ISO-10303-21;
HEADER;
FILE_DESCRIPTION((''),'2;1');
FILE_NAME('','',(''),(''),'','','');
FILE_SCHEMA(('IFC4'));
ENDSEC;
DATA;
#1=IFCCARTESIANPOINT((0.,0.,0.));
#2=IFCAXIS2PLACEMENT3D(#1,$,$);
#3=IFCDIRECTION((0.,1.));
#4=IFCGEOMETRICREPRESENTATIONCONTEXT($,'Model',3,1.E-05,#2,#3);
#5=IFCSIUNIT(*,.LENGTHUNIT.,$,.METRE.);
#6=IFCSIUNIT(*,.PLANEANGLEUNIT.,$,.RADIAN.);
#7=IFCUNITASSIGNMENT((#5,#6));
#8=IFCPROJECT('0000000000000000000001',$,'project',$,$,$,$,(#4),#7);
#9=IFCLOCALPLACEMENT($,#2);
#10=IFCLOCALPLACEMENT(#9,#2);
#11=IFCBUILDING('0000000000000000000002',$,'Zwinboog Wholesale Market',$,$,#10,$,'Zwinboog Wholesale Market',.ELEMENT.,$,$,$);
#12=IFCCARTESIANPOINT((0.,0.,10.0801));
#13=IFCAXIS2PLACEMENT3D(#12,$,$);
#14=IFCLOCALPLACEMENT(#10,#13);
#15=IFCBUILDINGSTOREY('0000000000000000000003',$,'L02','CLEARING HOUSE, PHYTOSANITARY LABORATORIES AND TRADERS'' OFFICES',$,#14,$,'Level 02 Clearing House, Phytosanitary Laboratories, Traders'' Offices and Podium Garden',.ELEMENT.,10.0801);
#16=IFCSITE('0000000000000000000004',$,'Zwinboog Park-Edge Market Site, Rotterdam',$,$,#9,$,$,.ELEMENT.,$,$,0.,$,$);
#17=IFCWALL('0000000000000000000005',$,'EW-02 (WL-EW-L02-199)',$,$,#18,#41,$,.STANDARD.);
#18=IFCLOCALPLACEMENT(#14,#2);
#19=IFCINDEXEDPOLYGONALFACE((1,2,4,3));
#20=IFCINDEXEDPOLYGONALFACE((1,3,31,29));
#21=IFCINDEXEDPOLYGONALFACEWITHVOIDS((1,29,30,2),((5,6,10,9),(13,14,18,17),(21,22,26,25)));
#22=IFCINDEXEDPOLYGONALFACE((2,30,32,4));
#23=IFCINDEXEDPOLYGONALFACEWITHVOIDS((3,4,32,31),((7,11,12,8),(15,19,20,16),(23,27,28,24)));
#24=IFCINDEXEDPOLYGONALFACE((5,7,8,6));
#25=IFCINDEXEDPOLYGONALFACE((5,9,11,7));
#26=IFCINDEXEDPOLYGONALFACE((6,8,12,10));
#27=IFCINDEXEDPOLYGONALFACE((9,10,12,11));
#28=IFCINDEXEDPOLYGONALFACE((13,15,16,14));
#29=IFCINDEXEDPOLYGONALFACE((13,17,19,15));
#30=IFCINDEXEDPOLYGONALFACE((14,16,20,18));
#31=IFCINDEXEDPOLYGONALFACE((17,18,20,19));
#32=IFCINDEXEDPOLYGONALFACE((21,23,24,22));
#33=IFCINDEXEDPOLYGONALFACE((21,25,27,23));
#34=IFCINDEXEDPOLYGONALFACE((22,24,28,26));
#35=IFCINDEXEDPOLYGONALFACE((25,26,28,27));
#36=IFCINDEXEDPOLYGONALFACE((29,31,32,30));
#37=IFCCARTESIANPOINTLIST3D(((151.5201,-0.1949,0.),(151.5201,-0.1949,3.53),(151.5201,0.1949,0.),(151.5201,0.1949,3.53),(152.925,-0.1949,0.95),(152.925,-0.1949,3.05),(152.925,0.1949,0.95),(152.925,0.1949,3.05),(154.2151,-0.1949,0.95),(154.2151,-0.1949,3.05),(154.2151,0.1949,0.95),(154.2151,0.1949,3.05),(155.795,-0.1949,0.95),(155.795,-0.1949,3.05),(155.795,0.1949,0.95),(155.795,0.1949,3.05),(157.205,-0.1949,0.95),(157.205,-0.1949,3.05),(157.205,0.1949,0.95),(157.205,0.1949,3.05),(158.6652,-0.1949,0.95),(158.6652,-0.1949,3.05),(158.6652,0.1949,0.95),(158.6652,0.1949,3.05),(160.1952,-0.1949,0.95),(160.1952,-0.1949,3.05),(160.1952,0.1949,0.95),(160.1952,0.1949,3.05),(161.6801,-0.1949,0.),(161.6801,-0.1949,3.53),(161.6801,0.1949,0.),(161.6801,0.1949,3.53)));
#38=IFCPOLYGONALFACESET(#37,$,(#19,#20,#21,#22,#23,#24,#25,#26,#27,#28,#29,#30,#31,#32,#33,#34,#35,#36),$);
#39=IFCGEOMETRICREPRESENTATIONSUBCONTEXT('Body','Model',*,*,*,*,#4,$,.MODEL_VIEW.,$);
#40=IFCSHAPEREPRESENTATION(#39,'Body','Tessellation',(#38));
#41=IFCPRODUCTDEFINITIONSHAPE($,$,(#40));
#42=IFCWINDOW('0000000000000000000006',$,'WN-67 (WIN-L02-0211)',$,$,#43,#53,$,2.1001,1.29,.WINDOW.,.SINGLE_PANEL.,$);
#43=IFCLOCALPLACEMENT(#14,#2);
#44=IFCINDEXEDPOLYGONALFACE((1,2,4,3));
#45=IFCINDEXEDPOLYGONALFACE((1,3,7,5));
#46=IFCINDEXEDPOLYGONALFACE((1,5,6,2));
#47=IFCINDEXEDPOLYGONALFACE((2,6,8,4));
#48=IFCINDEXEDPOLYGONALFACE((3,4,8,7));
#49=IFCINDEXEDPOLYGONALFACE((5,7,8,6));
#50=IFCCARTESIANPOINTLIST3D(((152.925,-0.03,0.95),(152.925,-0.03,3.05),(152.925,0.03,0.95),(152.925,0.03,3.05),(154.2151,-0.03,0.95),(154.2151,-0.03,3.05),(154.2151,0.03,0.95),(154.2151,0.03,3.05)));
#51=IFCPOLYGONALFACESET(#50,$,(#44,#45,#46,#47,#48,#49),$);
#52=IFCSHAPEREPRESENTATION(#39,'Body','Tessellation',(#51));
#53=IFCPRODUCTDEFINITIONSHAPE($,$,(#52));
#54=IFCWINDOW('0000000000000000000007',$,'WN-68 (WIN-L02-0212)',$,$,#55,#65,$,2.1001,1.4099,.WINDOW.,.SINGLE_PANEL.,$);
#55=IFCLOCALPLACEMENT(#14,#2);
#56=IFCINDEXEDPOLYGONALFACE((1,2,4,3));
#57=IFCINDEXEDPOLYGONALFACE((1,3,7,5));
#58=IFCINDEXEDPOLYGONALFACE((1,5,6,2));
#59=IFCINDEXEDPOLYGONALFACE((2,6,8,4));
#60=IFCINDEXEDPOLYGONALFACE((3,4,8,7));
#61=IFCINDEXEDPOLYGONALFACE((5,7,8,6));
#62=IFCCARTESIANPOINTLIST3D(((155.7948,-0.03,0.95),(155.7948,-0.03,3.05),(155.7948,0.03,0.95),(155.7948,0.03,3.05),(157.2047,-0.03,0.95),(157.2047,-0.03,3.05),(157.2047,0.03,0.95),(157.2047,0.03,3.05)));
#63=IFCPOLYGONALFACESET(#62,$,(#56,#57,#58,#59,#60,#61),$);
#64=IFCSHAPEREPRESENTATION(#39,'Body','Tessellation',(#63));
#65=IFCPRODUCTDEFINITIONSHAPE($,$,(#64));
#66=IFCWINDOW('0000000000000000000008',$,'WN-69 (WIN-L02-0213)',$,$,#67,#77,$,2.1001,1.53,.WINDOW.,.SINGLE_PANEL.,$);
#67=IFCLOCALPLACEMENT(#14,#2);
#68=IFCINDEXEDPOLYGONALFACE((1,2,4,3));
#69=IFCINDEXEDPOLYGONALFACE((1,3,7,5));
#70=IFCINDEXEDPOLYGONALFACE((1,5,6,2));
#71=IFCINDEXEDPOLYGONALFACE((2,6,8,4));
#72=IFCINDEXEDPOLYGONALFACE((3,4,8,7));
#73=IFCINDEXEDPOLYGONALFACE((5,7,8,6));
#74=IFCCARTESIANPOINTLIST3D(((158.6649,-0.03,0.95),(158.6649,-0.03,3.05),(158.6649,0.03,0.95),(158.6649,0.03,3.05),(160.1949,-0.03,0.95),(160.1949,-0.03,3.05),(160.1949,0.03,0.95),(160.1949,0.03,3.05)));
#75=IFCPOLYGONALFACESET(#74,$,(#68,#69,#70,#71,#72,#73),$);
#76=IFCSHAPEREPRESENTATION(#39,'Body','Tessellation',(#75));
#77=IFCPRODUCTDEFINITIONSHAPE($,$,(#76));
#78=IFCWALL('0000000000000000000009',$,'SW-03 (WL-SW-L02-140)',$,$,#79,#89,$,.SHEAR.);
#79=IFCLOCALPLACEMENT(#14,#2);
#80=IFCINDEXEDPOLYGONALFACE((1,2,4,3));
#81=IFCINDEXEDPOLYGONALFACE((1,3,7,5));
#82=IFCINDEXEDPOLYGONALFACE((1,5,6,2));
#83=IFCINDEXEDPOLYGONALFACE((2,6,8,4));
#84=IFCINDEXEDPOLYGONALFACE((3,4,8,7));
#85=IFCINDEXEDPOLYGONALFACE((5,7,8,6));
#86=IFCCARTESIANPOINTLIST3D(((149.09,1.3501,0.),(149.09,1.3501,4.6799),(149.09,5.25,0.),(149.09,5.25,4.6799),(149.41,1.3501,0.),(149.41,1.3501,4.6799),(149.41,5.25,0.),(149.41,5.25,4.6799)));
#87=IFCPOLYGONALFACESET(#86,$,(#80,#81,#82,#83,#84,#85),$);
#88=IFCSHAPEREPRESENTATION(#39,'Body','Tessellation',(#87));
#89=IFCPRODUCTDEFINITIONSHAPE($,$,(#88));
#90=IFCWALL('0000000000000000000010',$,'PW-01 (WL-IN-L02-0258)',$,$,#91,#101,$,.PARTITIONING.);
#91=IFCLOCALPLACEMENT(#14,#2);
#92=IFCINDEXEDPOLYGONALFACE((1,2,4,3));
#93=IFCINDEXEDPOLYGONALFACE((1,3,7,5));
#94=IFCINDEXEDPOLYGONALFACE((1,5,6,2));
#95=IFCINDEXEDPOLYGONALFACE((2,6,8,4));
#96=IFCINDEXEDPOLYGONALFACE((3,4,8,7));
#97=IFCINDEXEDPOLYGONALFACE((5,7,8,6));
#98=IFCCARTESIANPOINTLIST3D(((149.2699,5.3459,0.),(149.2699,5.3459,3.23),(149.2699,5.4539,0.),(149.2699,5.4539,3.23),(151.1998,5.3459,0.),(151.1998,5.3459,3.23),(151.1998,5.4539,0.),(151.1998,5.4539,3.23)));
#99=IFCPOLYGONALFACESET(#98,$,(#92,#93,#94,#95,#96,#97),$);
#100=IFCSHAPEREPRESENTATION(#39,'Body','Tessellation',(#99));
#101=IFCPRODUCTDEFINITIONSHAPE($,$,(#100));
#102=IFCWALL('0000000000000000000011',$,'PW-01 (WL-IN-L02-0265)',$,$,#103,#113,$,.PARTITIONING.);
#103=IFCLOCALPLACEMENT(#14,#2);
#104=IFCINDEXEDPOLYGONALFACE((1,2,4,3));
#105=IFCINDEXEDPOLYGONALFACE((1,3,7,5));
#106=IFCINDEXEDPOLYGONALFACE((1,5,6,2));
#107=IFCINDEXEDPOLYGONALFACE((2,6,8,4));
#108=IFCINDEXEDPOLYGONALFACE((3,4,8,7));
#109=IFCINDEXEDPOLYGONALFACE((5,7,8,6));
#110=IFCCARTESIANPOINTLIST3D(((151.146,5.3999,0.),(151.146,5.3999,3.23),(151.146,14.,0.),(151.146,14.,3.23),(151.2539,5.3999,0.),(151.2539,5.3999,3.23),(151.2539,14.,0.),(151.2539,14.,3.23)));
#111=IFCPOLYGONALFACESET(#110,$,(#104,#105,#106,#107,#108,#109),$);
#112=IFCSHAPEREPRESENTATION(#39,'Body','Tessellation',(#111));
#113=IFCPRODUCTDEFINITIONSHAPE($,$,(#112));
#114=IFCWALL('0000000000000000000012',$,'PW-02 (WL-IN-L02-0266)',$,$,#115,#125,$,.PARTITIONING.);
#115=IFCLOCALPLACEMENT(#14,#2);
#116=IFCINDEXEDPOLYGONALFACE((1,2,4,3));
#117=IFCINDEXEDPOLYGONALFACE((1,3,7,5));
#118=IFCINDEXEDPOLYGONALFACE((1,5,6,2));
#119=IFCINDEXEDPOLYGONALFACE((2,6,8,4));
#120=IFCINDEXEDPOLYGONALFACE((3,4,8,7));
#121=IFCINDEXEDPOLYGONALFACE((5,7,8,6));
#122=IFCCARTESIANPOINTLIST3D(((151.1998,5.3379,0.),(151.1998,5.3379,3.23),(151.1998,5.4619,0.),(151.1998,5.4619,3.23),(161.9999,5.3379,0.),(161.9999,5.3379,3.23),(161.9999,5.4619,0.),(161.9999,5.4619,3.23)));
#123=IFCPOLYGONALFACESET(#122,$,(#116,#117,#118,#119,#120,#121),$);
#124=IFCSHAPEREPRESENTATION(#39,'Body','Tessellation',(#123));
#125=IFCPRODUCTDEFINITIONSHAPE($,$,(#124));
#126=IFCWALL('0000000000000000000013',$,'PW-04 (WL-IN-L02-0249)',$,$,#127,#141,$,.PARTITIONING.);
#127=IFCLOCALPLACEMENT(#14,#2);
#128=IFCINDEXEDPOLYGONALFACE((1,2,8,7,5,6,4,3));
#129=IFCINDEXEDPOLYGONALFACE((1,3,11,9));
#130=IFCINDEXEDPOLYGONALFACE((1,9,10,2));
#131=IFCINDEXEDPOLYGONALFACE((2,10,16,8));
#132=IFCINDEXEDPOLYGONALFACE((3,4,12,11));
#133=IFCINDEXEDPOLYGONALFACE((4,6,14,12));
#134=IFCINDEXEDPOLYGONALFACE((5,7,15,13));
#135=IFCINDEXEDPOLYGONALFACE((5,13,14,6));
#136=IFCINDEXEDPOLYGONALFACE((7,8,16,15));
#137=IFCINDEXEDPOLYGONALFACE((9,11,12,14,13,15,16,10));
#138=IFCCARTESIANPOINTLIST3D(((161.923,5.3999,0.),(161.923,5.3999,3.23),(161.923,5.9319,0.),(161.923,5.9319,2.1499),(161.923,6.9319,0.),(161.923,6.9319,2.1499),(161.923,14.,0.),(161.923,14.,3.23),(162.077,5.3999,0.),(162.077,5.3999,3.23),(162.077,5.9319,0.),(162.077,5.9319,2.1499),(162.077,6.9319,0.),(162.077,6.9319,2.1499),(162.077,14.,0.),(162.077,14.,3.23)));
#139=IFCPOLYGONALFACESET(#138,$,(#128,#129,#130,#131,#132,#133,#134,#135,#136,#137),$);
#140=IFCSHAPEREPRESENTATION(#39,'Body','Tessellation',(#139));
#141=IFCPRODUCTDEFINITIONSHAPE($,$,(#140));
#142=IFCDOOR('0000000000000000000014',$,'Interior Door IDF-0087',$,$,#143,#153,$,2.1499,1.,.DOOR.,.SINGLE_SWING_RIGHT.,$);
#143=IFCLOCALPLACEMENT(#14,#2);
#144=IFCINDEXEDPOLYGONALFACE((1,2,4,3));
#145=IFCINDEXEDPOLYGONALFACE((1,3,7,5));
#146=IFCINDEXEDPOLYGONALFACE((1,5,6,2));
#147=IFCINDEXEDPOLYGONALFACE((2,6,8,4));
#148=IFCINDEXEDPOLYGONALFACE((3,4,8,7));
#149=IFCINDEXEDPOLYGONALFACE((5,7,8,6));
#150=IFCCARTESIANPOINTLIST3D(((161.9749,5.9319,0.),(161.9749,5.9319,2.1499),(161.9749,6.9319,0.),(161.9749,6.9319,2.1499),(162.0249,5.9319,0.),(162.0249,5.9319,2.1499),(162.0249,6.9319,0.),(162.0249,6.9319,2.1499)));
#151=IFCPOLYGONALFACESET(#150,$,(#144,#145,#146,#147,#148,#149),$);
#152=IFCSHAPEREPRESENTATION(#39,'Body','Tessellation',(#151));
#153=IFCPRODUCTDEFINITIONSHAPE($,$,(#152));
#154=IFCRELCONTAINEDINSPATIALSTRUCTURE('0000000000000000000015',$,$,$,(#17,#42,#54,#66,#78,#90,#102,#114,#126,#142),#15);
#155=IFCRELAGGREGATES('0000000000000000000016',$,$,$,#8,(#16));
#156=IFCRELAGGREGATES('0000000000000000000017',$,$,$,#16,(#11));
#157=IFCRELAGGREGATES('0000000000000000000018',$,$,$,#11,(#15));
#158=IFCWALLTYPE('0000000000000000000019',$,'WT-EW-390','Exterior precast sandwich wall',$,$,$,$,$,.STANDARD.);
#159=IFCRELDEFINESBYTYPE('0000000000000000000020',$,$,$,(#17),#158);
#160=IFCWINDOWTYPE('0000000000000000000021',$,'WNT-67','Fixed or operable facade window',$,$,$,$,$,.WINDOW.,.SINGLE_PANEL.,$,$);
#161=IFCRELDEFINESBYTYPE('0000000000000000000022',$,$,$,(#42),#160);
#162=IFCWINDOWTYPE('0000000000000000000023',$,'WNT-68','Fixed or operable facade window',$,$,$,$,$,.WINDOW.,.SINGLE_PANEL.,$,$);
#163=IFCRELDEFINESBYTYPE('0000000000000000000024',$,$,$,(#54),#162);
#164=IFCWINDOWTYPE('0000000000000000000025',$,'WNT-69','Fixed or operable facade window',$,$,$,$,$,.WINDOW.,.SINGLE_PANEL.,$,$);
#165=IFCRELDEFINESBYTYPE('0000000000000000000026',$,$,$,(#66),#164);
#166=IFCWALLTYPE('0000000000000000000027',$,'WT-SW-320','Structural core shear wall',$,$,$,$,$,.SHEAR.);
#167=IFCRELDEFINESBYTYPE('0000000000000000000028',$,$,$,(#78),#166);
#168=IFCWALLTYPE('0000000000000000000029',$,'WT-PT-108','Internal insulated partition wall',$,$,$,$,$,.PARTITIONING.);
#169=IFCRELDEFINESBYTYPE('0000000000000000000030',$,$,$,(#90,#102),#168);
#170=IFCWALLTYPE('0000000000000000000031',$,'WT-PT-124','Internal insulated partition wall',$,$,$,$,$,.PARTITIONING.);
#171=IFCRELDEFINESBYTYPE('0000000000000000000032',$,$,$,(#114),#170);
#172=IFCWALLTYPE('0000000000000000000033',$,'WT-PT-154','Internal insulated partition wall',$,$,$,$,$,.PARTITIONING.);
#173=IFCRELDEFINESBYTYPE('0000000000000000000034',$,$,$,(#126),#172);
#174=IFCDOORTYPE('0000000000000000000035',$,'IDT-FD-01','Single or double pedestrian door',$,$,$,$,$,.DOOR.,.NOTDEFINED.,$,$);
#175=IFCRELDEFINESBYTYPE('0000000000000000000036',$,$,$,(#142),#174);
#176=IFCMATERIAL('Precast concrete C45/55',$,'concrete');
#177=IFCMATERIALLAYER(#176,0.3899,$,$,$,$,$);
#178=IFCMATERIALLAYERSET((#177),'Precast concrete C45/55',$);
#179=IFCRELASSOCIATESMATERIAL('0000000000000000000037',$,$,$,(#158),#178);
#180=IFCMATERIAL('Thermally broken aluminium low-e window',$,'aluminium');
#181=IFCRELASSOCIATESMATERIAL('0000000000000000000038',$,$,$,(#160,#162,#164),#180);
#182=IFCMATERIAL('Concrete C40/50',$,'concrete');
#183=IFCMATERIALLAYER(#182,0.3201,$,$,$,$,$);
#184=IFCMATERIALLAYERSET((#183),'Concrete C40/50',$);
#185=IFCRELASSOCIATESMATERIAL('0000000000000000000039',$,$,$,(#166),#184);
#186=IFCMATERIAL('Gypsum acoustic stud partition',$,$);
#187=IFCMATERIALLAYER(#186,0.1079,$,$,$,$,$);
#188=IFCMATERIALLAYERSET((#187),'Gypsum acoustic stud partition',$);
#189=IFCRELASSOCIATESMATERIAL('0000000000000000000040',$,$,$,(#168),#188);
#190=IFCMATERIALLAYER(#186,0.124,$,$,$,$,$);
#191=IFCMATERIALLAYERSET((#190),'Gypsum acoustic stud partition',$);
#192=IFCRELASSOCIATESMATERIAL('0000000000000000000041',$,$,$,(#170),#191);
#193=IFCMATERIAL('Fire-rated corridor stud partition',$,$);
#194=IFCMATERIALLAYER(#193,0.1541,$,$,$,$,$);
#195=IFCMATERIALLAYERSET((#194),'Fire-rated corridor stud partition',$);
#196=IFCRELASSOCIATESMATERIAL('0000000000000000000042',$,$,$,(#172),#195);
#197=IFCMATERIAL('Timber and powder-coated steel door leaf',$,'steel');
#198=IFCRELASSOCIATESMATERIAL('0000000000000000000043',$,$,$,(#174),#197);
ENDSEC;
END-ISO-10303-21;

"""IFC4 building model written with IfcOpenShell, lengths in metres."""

from ifc_helpers import new_model, si_unit, direction, frame, frame_2d, origin, place, context, subcontext, project, spatial, rectangle, extrude, material, layer, layer_set, type_object, element, fill, save


model = new_model("IFC4")

# Units and contexts
model_context = context("Model", 3, precision=1e-05, world=origin(), true_north=direction((0.0, 1.0)))
body_context = subcontext(model_context, "Body", "Model", "MODEL_VIEW")
ifc_project = project(units=[si_unit("LENGTHUNIT", "METRE"), si_unit("PLANEANGLEUNIT", "RADIAN")], contexts=[model_context])

# Site, building, storey
site_placement = place(None, origin())
site = spatial("IfcSite", under=ifc_project, at=site_placement, Name="Zwinboog Park-Edge Market Site, Rotterdam", CompositionType="ELEMENT", RefElevation=0.0)
building_placement = place(site_placement, origin())
building = spatial("IfcBuilding", under=site, at=building_placement, Name="Zwinboog Wholesale Market", LongName="Zwinboog Wholesale Market", CompositionType="ELEMENT")
storey_placement = place(building_placement, frame((0.0, 0.0, 10.0801)))
storey = spatial("IfcBuildingStorey", under=building, at=storey_placement, Name="L02", Description="CLEARING HOUSE, PHYTOSANITARY LABORATORIES AND TRADERS' OFFICES", LongName="Level 02 Clearing House, Phytosanitary Laboratories, Traders' Offices and Podium Garden", CompositionType="ELEMENT", Elevation=10.0801)

# Shared definitions
ifc_material_1 = material(Name="Precast concrete C45/55", Category="concrete")

# Wall, openings, windows
ifc_layer_1 = layer(ifc_material_1, 0.3899)
ifc_layer_set_1 = layer_set([ifc_layer_1], Name="Precast concrete C45/55")
wall_type_1 = type_object("IfcWallType", Name="WT-EW-390", Description="Exterior precast sandwich wall", PredefinedType="STANDARD", material=ifc_layer_set_1)
wall_1_placement = place(storey_placement, frame((151.52, 0.0, 0.0), z_axis=(0.0, 0.0, 1.0), x_axis=(1.0, 0.0, 0.0)))
wall_1 = element("IfcWall", 1, at=wall_1_placement, inside=storey, type_object=wall_type_1, Name="EW-02 (WL-EW-L02-199)", PredefinedType="STANDARD", context=body_context, shape_type="SweptSolid", body=[
    extrude(rectangle(XDim=10.1599, YDim=0.3899, at=frame_2d((5.0801, 0.0))), origin(), (0.0, 0.0, 1.0), 3.53),
])
opening_1_placement = place(wall_1_placement, frame((1.405, 0.0, 0.95)))
opening_1 = element("IfcOpeningElement", 2, at=opening_1_placement, cuts=wall_1, PredefinedType="OPENING", context=body_context, shape_type="SweptSolid", body=[
    extrude(rectangle(XDim=1.29, YDim=2.1001, at=frame_2d((0.645, 1.05))), frame((0.0, 0.2048, 0.0), z_axis=(0.0, -1.0, 0.0), x_axis=(1.0, 0.0, 0.0)), (0.0, 0.0, 1.0), 0.4099),
])
opening_2_placement = place(wall_1_placement, frame((4.2749, 0.0, 0.95)))
opening_2 = element("IfcOpeningElement", 3, at=opening_2_placement, cuts=wall_1, PredefinedType="OPENING", context=body_context, shape_type="SweptSolid", body=[
    extrude(rectangle(XDim=1.4099, YDim=2.1001, at=frame_2d((0.7051, 1.05))), frame((0.0, 0.2048, 0.0), z_axis=(0.0, -1.0, 0.0), x_axis=(1.0, 0.0, 0.0)), (0.0, 0.0, 1.0), 0.4099),
])
opening_3_placement = place(wall_1_placement, frame((7.145, 0.0, 0.95)))
opening_3 = element("IfcOpeningElement", 4, at=opening_3_placement, cuts=wall_1, PredefinedType="OPENING", context=body_context, shape_type="SweptSolid", body=[
    extrude(rectangle(XDim=1.53, YDim=2.1001, at=frame_2d((0.7651, 1.05))), frame((0.0, 0.2048, 0.0), z_axis=(0.0, -1.0, 0.0), x_axis=(1.0, 0.0, 0.0)), (0.0, 0.0, 1.0), 0.4099),
])
ifc_material_2 = material(Name="Thermally broken aluminium low-e window", Category="aluminium")
window_type_1 = type_object("IfcWindowType", Name="WNT-67", Description="Fixed or operable facade window", PartitioningType="SINGLE_PANEL", PredefinedType="WINDOW", material=ifc_material_2)
window_1_placement = place(opening_1_placement, frame((1.29, 0.0, 0.0), z_axis=(0.0, 0.0, 1.0), x_axis=(-1.0, 0.0, 0.0)))
window_1 = element("IfcWindow", 5, at=window_1_placement, inside=storey, type_object=window_type_1, Name="WN-67 (WIN-L02-0211)", OverallHeight=2.1001, OverallWidth=1.29, PartitioningType="SINGLE_PANEL", PredefinedType="WINDOW", context=body_context, shape_type="SweptSolid", body=[
    extrude(rectangle(XDim=1.29, YDim=2.1001, at=frame_2d((0.645, 1.05))), frame((0.0, 0.03, 0.0), z_axis=(0.0, -1.0, 0.0), x_axis=(1.0, 0.0, 0.0)), (0.0, 0.0, 1.0), 0.0601),
])
fill(opening_1, window_1)
window_type_2 = type_object("IfcWindowType", Name="WNT-68", Description="Fixed or operable facade window", PartitioningType="SINGLE_PANEL", PredefinedType="WINDOW", material=ifc_material_2)
window_2_placement = place(opening_2_placement, frame((1.4099, 0.0, 0.0), z_axis=(0.0, 0.0, 1.0), x_axis=(-1.0, 0.0, 0.0)))
window_2 = element("IfcWindow", 6, at=window_2_placement, inside=storey, type_object=window_type_2, Name="WN-68 (WIN-L02-0212)", OverallHeight=2.1001, OverallWidth=1.4099, PartitioningType="SINGLE_PANEL", PredefinedType="WINDOW", context=body_context, shape_type="SweptSolid", body=[
    extrude(rectangle(XDim=1.4099, YDim=2.1001, at=frame_2d((0.7051, 1.05))), frame((0.0, 0.03, 0.0), z_axis=(0.0, -1.0, 0.0), x_axis=(1.0, 0.0, 0.0)), (0.0, 0.0, 1.0), 0.0601),
])
fill(opening_2, window_2)
window_type_3 = type_object("IfcWindowType", Name="WNT-69", Description="Fixed or operable facade window", PartitioningType="SINGLE_PANEL", PredefinedType="WINDOW", material=ifc_material_2)
window_3_placement = place(opening_3_placement, frame((1.53, 0.0, 0.0), z_axis=(0.0, 0.0, 1.0), x_axis=(-1.0, 0.0, 0.0)))
window_3 = element("IfcWindow", 7, at=window_3_placement, inside=storey, type_object=window_type_3, Name="WN-69 (WIN-L02-0213)", OverallHeight=2.1001, OverallWidth=1.53, PartitioningType="SINGLE_PANEL", PredefinedType="WINDOW", context=body_context, shape_type="SweptSolid", body=[
    extrude(rectangle(XDim=1.53, YDim=2.1001, at=frame_2d((0.7651, 1.05))), frame((0.0, 0.03, 0.0), z_axis=(0.0, -1.0, 0.0), x_axis=(1.0, 0.0, 0.0)), (0.0, 0.0, 1.0), 0.0601),
])
fill(opening_3, window_3)

# Walls
ifc_material_3 = material(Name="Concrete C40/50", Category="concrete")
ifc_layer_2 = layer(ifc_material_3, 0.3201)
ifc_layer_set_2 = layer_set([ifc_layer_2], Name="Concrete C40/50")
wall_type_2 = type_object("IfcWallType", Name="WT-SW-320", Description="Structural core shear wall", PredefinedType="SHEAR", material=ifc_layer_set_2)
wall_2_placement = place(storey_placement, frame((149.25, 1.3501, 0.0), z_axis=(0.0, 0.0, 1.0), x_axis=(0.0, 1.0, 0.0)))
element("IfcWall", 8, at=wall_2_placement, inside=storey, type_object=wall_type_2, Name="SW-03 (WL-SW-L02-140)", PredefinedType="SHEAR", context=body_context, shape_type="SweptSolid", body=[
    extrude(rectangle(XDim=3.8999, YDim=0.3201, at=frame_2d((1.95, 0.0))), origin(), (0.0, 0.0, 1.0), 4.6799),
])
ifc_material_4 = material(Name="Gypsum acoustic stud partition")
ifc_layer_3 = layer(ifc_material_4, 0.1079)
ifc_layer_set_3 = layer_set([ifc_layer_3], Name="Gypsum acoustic stud partition")
wall_type_3 = type_object("IfcWallType", Name="WT-PT-108", Description="Internal insulated partition wall", PredefinedType="PARTITIONING", material=ifc_layer_set_3)
wall_3_placement = place(storey_placement, frame((149.27, 5.3999, 0.0), z_axis=(0.0, 0.0, 1.0), x_axis=(1.0, 0.0, 0.0)))
element("IfcWall", 9, at=wall_3_placement, inside=storey, type_object=wall_type_3, Name="PW-01 (WL-IN-L02-0258)", PredefinedType="PARTITIONING", context=body_context, shape_type="SweptSolid", body=[
    extrude(rectangle(XDim=1.9299, YDim=0.1079, at=frame_2d((0.9648, 0.0))), origin(), (0.0, 0.0, 1.0), 3.23),
])
wall_4_placement = place(storey_placement, frame((151.2, 5.3999, 0.0), z_axis=(0.0, 0.0, 1.0), x_axis=(0.0, 1.0, 0.0)))
element("IfcWall", 10, at=wall_4_placement, inside=storey, type_object=wall_type_3, Name="PW-01 (WL-IN-L02-0265)", PredefinedType="PARTITIONING", context=body_context, shape_type="SweptSolid", body=[
    extrude(rectangle(XDim=8.6001, YDim=0.1079, at=frame_2d((4.3, 0.0))), origin(), (0.0, 0.0, 1.0), 3.23),
])
ifc_layer_4 = layer(ifc_material_4, 0.124)
ifc_layer_set_4 = layer_set([ifc_layer_4], Name="Gypsum acoustic stud partition")
wall_type_4 = type_object("IfcWallType", Name="WT-PT-124", Description="Internal insulated partition wall", PredefinedType="PARTITIONING", material=ifc_layer_set_4)
wall_5_placement = place(storey_placement, frame((151.2, 5.3999, 0.0), z_axis=(0.0, 0.0, 1.0), x_axis=(1.0, 0.0, 0.0)))
element("IfcWall", 11, at=wall_5_placement, inside=storey, type_object=wall_type_4, Name="PW-02 (WL-IN-L02-0266)", PredefinedType="PARTITIONING", context=body_context, shape_type="SweptSolid", body=[
    extrude(rectangle(XDim=10.8, YDim=0.124, at=frame_2d((5.3999, 0.0))), origin(), (0.0, 0.0, 1.0), 3.23),
])

# Wall, opening, door
ifc_material_5 = material(Name="Fire-rated corridor stud partition")
ifc_layer_5 = layer(ifc_material_5, 0.1541)
ifc_layer_set_5 = layer_set([ifc_layer_5], Name="Fire-rated corridor stud partition")
wall_type_5 = type_object("IfcWallType", Name="WT-PT-154", Description="Internal insulated partition wall", PredefinedType="PARTITIONING", material=ifc_layer_set_5)
wall_6_placement = place(storey_placement, frame((162.0, 5.3999, 0.0), z_axis=(0.0, 0.0, 1.0), x_axis=(0.0, 1.0, 0.0)))
wall_6 = element("IfcWall", 12, at=wall_6_placement, inside=storey, type_object=wall_type_5, Name="PW-04 (WL-IN-L02-0249)", PredefinedType="PARTITIONING", context=body_context, shape_type="SweptSolid", body=[
    extrude(rectangle(XDim=8.6001, YDim=0.1541, at=frame_2d((4.3, 0.0))), origin(), (0.0, 0.0, 1.0), 3.23),
])
opening_4_placement = place(wall_6_placement, frame((0.532, 0.0, 0.0)))
opening_4 = element("IfcOpeningElement", 13, at=opening_4_placement, cuts=wall_6, PredefinedType="OPENING", context=body_context, shape_type="SweptSolid", body=[
    extrude(rectangle(XDim=1.0, YDim=2.1499, at=frame_2d((0.5, 1.075))), frame((0.0, 0.0869, 0.0), z_axis=(0.0, -1.0, 0.0), x_axis=(1.0, 0.0, 0.0)), (0.0, 0.0, 1.0), 0.1741),
])
ifc_material_6 = material(Name="Timber and powder-coated steel door leaf", Category="steel")
door_type = type_object("IfcDoorType", Name="IDT-FD-01", Description="Single or double pedestrian door", OperationType="NOTDEFINED", PredefinedType="DOOR", material=ifc_material_6)
door_placement = place(opening_4_placement, frame((1.0, 0.0, 0.0), z_axis=(0.0, 0.0, 1.0), x_axis=(-1.0, 0.0, 0.0)))
door = element("IfcDoor", 14, at=door_placement, inside=storey, type_object=door_type, Name="Interior Door IDF-0087", OperationType="SINGLE_SWING_RIGHT", OverallHeight=2.1499, OverallWidth=1.0, PredefinedType="DOOR", context=body_context, shape_type="SweptSolid", body=[
    extrude(rectangle(XDim=1.0, YDim=2.1499, at=frame_2d((0.5, 1.075))), frame((0.0, 0.0249, 0.0), z_axis=(0.0, -1.0, 0.0), x_axis=(1.0, 0.0, 0.0)), (0.0, 0.0, 1.0), 0.05),
])
fill(opening_4, door)

save(model, "model.ifc")
